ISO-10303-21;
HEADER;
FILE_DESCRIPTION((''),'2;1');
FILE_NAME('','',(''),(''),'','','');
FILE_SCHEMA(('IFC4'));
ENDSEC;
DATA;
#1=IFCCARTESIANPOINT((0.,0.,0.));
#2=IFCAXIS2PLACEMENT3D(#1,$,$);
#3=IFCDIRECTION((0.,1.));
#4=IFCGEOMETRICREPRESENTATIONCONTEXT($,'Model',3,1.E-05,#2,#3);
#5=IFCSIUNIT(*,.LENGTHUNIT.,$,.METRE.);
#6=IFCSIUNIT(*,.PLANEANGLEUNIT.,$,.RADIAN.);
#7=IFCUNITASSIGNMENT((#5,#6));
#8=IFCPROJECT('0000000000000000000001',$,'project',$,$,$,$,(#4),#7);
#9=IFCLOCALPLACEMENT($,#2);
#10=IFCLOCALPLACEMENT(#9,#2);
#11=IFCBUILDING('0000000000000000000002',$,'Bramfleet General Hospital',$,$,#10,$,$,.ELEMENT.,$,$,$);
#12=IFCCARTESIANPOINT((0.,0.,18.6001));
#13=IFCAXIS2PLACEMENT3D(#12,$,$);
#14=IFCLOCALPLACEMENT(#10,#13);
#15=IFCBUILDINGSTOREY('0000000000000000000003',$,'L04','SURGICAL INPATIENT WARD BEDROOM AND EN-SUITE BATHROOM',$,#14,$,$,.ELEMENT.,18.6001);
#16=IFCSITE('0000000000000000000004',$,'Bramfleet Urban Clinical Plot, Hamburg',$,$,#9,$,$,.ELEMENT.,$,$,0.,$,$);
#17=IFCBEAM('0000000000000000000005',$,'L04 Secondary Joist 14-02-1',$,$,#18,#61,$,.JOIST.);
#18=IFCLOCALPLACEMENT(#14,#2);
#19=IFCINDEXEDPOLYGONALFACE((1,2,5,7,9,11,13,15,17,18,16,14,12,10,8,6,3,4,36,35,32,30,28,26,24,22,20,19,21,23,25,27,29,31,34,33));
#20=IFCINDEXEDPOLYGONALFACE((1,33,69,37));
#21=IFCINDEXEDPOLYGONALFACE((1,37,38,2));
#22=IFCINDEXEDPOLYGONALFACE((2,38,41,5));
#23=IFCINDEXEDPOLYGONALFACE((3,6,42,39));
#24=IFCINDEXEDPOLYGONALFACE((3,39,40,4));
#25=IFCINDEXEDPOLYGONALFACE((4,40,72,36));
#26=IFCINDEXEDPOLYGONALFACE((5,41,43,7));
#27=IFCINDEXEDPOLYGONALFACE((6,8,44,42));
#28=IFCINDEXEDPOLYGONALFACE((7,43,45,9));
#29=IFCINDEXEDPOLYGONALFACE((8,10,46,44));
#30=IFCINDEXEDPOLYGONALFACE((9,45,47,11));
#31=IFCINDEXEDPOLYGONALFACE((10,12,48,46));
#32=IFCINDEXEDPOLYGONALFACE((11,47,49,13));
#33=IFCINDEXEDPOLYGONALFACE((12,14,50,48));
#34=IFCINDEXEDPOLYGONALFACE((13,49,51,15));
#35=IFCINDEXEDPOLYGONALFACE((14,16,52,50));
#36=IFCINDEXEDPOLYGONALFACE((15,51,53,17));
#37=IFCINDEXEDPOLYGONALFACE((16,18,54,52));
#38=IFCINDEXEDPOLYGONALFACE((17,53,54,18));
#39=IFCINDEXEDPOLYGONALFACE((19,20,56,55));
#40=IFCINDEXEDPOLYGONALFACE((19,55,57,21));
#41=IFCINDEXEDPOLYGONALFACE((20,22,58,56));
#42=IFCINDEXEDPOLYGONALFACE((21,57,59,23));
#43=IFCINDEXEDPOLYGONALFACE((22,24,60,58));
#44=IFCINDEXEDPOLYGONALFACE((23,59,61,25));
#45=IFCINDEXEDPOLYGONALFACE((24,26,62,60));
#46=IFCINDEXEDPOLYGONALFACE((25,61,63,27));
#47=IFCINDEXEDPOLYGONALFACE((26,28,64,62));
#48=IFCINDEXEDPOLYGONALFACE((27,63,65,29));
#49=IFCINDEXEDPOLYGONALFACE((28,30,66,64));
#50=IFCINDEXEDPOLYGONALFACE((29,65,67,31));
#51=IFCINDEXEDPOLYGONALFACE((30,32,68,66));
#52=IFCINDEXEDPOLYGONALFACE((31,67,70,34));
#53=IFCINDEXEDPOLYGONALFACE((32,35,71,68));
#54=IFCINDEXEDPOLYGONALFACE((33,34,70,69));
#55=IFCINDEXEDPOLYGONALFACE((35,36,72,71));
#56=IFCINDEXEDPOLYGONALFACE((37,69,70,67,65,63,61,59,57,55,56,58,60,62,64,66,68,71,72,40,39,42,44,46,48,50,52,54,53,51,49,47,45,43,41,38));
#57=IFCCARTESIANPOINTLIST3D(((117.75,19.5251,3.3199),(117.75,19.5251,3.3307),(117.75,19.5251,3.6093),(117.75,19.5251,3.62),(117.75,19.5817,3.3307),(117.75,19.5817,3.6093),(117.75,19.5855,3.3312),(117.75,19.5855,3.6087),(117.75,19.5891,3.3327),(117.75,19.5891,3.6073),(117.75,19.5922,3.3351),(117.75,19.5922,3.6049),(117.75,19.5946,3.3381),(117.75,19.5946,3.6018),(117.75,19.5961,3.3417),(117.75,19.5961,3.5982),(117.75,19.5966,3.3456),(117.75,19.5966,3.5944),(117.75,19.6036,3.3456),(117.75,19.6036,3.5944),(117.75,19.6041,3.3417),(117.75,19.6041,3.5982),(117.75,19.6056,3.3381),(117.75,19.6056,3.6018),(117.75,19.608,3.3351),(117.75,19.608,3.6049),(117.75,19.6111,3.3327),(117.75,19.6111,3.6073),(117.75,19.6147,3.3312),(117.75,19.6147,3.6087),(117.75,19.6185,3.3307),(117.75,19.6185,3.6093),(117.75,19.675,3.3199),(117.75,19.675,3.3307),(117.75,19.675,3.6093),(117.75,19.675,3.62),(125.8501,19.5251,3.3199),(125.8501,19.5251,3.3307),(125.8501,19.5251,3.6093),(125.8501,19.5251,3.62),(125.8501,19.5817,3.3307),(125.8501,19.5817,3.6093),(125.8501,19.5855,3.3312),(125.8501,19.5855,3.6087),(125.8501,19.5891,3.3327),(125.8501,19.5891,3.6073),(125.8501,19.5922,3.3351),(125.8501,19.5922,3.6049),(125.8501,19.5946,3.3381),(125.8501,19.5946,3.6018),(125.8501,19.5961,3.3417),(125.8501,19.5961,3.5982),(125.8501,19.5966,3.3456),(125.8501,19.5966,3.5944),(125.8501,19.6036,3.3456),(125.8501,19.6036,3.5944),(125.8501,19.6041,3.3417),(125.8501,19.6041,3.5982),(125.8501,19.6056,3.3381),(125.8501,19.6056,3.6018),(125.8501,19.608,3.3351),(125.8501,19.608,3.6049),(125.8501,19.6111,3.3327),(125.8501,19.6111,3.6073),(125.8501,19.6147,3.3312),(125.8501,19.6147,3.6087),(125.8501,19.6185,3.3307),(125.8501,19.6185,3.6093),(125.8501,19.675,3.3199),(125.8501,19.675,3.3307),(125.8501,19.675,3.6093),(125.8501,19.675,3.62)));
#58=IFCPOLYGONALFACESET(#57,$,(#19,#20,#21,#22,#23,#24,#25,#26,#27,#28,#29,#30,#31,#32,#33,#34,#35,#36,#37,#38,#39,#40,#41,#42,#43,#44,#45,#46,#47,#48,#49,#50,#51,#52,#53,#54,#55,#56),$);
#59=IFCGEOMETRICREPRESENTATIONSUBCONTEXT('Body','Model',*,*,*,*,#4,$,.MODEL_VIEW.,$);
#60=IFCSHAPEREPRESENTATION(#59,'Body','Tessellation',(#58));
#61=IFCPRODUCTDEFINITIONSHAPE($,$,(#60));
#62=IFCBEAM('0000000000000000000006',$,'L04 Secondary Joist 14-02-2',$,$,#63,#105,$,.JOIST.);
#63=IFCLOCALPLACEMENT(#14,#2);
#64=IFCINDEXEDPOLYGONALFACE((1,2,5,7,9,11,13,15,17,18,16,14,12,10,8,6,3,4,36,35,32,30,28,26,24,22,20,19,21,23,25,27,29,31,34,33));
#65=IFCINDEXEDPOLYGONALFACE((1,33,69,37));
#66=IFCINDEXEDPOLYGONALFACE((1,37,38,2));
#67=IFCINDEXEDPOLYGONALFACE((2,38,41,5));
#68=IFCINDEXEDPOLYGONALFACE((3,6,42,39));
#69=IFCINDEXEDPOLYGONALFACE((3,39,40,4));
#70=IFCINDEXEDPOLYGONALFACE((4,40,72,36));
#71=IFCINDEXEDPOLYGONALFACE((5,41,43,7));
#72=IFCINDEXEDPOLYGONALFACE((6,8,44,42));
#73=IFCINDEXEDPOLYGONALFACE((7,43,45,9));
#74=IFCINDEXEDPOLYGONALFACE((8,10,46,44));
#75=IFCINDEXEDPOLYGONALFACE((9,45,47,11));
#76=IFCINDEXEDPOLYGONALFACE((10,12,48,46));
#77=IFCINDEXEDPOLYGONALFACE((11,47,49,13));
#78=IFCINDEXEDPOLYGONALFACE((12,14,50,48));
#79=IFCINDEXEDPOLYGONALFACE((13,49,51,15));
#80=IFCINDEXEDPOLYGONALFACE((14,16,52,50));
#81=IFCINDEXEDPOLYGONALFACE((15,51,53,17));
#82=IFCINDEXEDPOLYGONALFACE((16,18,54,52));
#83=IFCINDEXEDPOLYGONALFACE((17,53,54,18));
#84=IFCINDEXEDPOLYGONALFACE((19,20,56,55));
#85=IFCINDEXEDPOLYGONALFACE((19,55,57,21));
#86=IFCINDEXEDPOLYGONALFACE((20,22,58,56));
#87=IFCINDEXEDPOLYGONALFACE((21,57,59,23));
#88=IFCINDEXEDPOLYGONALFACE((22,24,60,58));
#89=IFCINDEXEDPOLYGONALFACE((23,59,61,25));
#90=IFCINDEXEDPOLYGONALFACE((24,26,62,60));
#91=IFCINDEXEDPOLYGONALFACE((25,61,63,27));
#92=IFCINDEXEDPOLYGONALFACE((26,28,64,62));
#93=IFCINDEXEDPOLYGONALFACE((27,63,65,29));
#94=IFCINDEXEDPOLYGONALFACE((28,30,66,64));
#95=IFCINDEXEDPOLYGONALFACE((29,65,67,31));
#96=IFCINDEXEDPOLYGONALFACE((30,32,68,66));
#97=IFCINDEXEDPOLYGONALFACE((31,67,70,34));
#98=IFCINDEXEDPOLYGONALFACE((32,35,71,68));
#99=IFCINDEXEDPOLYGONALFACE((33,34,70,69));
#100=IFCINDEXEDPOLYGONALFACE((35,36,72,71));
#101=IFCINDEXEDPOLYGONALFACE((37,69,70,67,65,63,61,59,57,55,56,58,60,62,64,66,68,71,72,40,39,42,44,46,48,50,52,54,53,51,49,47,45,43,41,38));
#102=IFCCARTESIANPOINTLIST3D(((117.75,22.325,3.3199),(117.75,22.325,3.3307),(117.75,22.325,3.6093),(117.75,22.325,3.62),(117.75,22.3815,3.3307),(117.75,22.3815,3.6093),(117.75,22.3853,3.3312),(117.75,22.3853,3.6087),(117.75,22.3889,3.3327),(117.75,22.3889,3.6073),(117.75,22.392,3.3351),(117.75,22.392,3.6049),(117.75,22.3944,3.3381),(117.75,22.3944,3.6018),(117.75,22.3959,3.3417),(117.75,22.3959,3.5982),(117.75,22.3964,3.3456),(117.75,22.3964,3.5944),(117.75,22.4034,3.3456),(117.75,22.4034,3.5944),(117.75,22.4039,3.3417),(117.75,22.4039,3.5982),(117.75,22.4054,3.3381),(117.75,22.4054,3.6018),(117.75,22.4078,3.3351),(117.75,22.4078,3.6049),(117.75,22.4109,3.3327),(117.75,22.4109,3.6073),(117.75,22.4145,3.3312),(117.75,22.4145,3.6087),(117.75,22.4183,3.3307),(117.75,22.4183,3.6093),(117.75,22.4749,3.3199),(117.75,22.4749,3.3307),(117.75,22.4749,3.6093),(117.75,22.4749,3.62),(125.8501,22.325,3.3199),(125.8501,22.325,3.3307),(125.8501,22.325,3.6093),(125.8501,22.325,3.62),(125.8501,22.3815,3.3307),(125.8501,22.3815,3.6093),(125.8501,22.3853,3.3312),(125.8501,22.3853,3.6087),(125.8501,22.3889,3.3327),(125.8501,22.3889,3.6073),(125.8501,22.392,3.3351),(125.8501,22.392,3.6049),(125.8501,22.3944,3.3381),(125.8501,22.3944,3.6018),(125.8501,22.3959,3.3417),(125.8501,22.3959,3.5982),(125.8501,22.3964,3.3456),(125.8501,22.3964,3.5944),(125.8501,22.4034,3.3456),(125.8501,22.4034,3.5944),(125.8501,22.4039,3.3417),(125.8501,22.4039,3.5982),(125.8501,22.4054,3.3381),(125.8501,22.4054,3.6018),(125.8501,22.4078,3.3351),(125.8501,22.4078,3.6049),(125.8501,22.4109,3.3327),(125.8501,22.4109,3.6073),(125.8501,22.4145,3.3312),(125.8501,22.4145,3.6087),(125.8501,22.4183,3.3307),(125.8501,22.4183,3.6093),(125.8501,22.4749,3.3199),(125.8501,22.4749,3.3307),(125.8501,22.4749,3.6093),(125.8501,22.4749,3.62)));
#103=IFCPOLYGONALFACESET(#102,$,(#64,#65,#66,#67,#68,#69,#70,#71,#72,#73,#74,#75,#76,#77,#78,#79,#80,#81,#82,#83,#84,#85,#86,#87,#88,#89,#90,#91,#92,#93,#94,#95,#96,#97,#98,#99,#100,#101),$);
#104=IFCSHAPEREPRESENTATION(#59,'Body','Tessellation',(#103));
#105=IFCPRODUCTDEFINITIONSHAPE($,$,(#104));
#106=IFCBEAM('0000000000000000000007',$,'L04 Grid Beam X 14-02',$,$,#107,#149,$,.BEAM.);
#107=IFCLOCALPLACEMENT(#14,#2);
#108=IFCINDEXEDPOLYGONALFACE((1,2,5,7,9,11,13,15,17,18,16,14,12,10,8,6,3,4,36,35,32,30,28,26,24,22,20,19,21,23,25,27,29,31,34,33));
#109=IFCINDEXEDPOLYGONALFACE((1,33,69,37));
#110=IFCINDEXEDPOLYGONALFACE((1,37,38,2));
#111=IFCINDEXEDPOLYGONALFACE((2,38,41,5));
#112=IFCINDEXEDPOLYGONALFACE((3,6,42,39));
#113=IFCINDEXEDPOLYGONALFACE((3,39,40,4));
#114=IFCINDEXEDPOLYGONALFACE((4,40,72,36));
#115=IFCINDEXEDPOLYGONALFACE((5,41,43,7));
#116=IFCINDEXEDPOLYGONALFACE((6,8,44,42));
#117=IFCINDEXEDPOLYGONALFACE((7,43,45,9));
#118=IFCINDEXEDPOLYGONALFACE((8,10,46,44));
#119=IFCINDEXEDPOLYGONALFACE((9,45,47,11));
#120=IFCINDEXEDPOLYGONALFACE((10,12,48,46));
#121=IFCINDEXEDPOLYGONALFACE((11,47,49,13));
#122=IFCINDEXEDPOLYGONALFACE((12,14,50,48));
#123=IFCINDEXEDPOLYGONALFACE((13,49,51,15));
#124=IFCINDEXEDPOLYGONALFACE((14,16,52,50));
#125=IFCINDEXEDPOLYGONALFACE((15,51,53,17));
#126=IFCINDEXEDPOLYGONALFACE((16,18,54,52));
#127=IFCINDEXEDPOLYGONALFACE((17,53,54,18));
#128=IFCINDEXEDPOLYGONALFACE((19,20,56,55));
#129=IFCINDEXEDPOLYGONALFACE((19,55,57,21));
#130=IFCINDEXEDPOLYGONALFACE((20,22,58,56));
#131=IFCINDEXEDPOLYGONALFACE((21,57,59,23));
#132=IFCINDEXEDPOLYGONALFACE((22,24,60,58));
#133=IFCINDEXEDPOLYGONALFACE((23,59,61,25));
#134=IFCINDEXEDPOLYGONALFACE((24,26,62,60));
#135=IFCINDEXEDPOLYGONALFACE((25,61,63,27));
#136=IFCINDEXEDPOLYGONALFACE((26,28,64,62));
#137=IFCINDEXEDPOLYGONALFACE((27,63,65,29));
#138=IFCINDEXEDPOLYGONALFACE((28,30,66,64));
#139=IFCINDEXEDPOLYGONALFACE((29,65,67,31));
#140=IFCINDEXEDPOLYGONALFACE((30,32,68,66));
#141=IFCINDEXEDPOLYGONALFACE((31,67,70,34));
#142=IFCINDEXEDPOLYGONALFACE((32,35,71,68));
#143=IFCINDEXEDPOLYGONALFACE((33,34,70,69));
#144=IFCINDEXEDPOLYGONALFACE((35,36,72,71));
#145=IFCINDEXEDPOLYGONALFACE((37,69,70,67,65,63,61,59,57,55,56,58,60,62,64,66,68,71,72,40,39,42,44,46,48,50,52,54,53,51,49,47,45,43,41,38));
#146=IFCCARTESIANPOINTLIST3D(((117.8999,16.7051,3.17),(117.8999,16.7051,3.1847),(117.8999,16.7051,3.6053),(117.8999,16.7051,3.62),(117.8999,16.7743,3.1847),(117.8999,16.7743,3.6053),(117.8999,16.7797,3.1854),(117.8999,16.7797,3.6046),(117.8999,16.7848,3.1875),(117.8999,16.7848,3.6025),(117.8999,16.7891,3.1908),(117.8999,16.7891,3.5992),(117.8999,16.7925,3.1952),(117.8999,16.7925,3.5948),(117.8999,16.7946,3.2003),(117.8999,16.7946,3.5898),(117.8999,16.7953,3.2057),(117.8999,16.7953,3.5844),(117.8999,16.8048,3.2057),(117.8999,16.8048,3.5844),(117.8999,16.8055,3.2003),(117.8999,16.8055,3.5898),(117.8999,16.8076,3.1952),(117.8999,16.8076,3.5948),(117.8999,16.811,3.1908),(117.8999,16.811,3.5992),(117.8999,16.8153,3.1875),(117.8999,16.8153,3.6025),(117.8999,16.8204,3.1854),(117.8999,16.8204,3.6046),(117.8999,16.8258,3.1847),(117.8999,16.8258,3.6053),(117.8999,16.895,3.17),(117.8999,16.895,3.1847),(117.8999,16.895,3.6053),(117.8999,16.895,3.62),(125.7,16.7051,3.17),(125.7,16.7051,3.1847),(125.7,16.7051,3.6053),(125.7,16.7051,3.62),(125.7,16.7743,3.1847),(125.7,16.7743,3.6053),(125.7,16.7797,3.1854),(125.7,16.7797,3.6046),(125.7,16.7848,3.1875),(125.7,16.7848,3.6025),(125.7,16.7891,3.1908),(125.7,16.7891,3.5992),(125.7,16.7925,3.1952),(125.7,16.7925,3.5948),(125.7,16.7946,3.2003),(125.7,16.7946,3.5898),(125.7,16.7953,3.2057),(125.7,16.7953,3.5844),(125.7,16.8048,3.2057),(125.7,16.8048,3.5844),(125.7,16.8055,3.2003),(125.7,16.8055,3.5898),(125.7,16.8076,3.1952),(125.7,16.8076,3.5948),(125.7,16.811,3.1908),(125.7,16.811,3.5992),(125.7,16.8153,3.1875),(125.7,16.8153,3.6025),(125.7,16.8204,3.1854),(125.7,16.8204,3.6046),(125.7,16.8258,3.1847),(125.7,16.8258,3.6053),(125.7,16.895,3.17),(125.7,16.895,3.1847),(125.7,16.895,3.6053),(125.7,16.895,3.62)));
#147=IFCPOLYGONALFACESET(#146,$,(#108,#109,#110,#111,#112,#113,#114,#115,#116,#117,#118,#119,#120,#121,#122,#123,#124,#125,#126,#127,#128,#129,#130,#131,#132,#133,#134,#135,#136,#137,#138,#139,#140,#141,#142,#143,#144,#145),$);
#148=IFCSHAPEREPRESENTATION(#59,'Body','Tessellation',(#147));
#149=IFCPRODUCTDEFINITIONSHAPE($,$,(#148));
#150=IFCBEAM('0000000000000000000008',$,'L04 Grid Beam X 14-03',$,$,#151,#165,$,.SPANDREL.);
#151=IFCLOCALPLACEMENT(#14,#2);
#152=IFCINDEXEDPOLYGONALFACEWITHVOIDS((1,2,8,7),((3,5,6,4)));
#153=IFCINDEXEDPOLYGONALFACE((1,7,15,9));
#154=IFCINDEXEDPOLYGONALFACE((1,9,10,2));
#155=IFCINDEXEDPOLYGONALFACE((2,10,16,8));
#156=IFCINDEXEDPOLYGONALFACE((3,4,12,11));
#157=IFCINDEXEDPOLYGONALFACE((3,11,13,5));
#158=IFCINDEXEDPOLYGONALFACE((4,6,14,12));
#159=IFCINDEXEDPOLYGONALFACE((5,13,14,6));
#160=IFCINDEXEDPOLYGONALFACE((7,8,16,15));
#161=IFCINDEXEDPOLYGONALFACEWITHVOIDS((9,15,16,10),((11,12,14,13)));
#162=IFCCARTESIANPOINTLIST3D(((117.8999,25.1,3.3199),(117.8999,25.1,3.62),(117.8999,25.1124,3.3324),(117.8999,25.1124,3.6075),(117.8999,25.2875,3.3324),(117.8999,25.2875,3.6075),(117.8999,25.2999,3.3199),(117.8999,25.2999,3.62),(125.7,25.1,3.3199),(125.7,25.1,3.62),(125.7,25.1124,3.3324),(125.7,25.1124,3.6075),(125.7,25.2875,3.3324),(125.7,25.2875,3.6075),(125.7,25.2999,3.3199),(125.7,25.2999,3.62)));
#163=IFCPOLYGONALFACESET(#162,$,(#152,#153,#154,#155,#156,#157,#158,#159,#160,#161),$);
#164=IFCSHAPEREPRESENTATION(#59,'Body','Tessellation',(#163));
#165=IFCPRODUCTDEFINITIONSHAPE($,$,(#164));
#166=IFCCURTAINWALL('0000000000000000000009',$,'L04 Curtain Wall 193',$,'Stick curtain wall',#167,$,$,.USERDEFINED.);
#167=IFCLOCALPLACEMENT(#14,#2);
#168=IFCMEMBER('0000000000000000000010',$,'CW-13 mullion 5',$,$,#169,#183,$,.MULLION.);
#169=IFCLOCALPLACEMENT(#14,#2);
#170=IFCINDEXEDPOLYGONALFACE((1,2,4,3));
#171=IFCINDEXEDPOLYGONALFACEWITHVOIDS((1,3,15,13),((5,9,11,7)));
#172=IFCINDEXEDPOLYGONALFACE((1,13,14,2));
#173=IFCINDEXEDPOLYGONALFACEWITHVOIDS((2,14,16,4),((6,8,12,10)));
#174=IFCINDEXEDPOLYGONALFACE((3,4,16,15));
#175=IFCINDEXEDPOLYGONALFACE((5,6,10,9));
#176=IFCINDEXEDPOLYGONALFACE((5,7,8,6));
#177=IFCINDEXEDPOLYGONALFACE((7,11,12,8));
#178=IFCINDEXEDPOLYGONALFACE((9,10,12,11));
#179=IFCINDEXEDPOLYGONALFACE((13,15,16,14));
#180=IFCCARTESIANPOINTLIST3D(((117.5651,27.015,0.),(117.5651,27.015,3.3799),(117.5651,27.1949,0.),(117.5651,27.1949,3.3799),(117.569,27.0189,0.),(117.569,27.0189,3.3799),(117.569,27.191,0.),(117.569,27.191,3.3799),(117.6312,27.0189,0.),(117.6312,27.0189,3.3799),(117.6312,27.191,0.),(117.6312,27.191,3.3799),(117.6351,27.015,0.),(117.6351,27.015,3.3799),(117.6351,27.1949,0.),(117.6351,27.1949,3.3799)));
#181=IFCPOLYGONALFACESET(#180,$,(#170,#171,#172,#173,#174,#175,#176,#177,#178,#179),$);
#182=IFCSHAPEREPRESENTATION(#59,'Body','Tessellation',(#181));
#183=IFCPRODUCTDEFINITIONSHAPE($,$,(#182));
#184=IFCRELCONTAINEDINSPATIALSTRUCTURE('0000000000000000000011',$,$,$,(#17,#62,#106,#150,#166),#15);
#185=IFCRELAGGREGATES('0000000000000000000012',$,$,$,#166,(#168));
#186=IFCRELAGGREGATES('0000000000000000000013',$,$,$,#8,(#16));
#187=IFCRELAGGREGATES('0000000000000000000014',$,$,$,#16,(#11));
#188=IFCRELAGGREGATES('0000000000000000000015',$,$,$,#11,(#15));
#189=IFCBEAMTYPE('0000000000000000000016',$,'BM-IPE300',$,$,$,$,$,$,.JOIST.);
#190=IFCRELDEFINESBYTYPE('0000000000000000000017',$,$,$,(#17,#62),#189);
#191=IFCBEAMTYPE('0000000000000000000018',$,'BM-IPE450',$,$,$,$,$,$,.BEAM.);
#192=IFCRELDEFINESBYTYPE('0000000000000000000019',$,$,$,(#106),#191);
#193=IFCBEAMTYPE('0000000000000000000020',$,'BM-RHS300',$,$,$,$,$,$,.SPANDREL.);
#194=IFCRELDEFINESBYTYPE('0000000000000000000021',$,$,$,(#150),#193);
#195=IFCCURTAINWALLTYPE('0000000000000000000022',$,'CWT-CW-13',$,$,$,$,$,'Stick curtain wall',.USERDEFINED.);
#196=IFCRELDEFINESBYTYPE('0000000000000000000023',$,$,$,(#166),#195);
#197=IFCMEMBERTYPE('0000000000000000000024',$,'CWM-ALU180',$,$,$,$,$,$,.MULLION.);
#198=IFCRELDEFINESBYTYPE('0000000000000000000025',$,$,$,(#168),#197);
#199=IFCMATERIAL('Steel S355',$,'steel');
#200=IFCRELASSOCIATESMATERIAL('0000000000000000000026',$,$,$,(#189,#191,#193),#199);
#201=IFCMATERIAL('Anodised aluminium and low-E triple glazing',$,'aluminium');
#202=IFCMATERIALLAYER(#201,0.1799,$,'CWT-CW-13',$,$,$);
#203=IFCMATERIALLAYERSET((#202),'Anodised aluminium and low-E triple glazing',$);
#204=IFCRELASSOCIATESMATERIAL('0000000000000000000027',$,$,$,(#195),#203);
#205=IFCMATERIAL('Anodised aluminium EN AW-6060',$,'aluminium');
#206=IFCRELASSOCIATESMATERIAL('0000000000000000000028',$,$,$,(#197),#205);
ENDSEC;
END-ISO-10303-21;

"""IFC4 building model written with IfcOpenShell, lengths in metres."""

from ifc_helpers import new_model, si_unit, direction, frame, origin, origin_2d, place, context, subcontext, project, spatial, hollow_rectangle, i_section, extrude, material, layer, layer_set, material_profile, profile_set, type_object, element, aggregate, save


model = new_model("IFC4")

# Units and contexts
model_context = context("Model", 3, precision=1e-05, world=origin(), true_north=direction((0.0, 1.0)))
body_context = subcontext(model_context, "Body", "Model", "MODEL_VIEW")
ifc_project = project(units=[si_unit("LENGTHUNIT", "METRE"), si_unit("PLANEANGLEUNIT", "RADIAN")], contexts=[model_context])

# Site, building, storey
site_placement = place(None, origin())
site = spatial("IfcSite", under=ifc_project, at=site_placement, Name="Bramfleet Urban Clinical Plot, Hamburg", CompositionType="ELEMENT", RefElevation=0.0)
building_placement = place(site_placement, origin())
building = spatial("IfcBuilding", under=site, at=building_placement, Name="Bramfleet General Hospital", CompositionType="ELEMENT")
storey_placement = place(building_placement, frame((0.0, 0.0, 18.6001)))
storey = spatial("IfcBuildingStorey", under=building, at=storey_placement, Name="L04", Description="SURGICAL INPATIENT WARD BEDROOM AND EN-SUITE BATHROOM", CompositionType="ELEMENT", Elevation=18.6001)

# Beams
ifc_material_1 = material(Name="Steel S355", Category="steel")
ifc_material_profile_1 = material_profile(ifc_material_1, i_section(OverallWidth=0.1499, OverallDepth=0.3, WebThickness=0.0071, FlangeThickness=0.0107, FilletRadius=0.0149, at=origin_2d()), Name="IPE 300")
ifc_profile_set_1 = profile_set([ifc_material_profile_1], Name="Steel S355")
beam_type_1 = type_object("IfcBeamType", Name="BM-IPE300", PredefinedType="JOIST", material=ifc_profile_set_1)
for number, where, z_axis, x_axis, name in (
    (1, (117.75, 19.6001, 3.47), (1.0, 0.0, 0.0), (0.0, 1.0, 0.0), "L04 Secondary Joist 14-02-1"),
    (2, (117.75, 22.3999, 3.47), (1.0, 0.0, 0.0), (0.0, 1.0, 0.0), "L04 Secondary Joist 14-02-2"),
):
    element("IfcBeam", number, at=place(storey_placement, frame(where, z_axis=z_axis, x_axis=x_axis)), inside=storey, type_object=beam_type_1, Name=name, PredefinedType="JOIST", context=body_context, shape_type="SweptSolid", body=[
        extrude(i_section(OverallWidth=0.1499, OverallDepth=0.3, WebThickness=0.0071, FlangeThickness=0.0107, FilletRadius=0.0149, at=origin_2d()), origin(), (0.0, 0.0, 1.0), 8.1001),
    ])
ifc_material_profile_2 = material_profile(ifc_material_1, i_section(OverallWidth=0.1899, OverallDepth=0.45, WebThickness=0.0095, FlangeThickness=0.0146, FilletRadius=0.021, at=origin_2d()), Name="IPE 450")
ifc_profile_set_2 = profile_set([ifc_material_profile_2], Name="Steel S355")
beam_type_2 = type_object("IfcBeamType", Name="BM-IPE450", PredefinedType="BEAM", material=ifc_profile_set_2)
beam_1_placement = place(storey_placement, frame((117.8999, 16.8, 3.395), z_axis=(1.0, 0.0, 0.0), x_axis=(0.0, 1.0, 0.0)))
element("IfcBeam", 3, at=beam_1_placement, inside=storey, type_object=beam_type_2, Name="L04 Grid Beam X 14-02", PredefinedType="BEAM", context=body_context, shape_type="SweptSolid", body=[
    extrude(i_section(OverallWidth=0.1899, OverallDepth=0.45, WebThickness=0.0095, FlangeThickness=0.0146, FilletRadius=0.021, at=origin_2d()), origin(), (0.0, 0.0, 1.0), 7.8),
])
ifc_material_profile_3 = material_profile(ifc_material_1, hollow_rectangle(XDim=0.2, YDim=0.3, WallThickness=0.0125, at=origin_2d()), Name="RHS 300x200x12.5")
ifc_profile_set_3 = profile_set([ifc_material_profile_3], Name="Steel S355")
beam_type_3 = type_object("IfcBeamType", Name="BM-RHS300", PredefinedType="SPANDREL", material=ifc_profile_set_3)
beam_2_placement = place(storey_placement, frame((117.8999, 25.2, 3.47), z_axis=(1.0, 0.0, 0.0), x_axis=(0.0, 1.0, 0.0)))
element("IfcBeam", 4, at=beam_2_placement, inside=storey, type_object=beam_type_3, Name="L04 Grid Beam X 14-03", PredefinedType="SPANDREL", context=body_context, shape_type="SweptSolid", body=[
    extrude(hollow_rectangle(XDim=0.2, YDim=0.3, WallThickness=0.0125, at=origin_2d()), origin(), (0.0, 0.0, 1.0), 7.8),
])

# Curtain wall, member
ifc_material_2 = material(Name="Anodised aluminium and low-E triple glazing", Category="aluminium")
ifc_layer_1 = layer(ifc_material_2, 0.1799, Name="CWT-CW-13")
ifc_layer_set_1 = layer_set([ifc_layer_1], Name="Anodised aluminium and low-E triple glazing")
curtain_wall_type = type_object("IfcCurtainWallType", Name="CWT-CW-13", ElementType="Stick curtain wall", PredefinedType="USERDEFINED", material=ifc_layer_set_1)
curtain_wall_placement = place(storey_placement, origin())
curtain_wall = element("IfcCurtainWall", 5, at=curtain_wall_placement, inside=storey, type_object=curtain_wall_type, Name="L04 Curtain Wall 193", ObjectType="Stick curtain wall", PredefinedType="USERDEFINED")
ifc_material_3 = material(Name="Anodised aluminium EN AW-6060", Category="aluminium")
ifc_material_profile_4 = material_profile(ifc_material_3, hollow_rectangle(XDim=0.0701, YDim=0.1799, WallThickness=0.0039, at=origin_2d()), Name="ALU 180x70x4.0")
ifc_profile_set_4 = profile_set([ifc_material_profile_4], Name="Anodised aluminium EN AW-6060")
member_type_1 = type_object("IfcMemberType", Name="CWM-ALU180", PredefinedType="MULLION", material=ifc_profile_set_4)
member_1_placement = place(storey_placement, frame((117.6001, 27.105, 0.0), z_axis=(0.0, 0.0, 1.0), x_axis=(1.0, 0.0, 0.0)))
member_1 = element("IfcMember", 6, at=member_1_placement, type_object=member_type_1, Name="CW-13 mullion 5", PredefinedType="MULLION", context=body_context, shape_type="SweptSolid", body=[
    extrude(hollow_rectangle(XDim=0.0701, YDim=0.1799, WallThickness=0.0039, at=origin_2d()), origin(), (0.0, 0.0, 1.0), 3.3799),
])
aggregate(curtain_wall, [member_1])

save(model, "model.ifc")
